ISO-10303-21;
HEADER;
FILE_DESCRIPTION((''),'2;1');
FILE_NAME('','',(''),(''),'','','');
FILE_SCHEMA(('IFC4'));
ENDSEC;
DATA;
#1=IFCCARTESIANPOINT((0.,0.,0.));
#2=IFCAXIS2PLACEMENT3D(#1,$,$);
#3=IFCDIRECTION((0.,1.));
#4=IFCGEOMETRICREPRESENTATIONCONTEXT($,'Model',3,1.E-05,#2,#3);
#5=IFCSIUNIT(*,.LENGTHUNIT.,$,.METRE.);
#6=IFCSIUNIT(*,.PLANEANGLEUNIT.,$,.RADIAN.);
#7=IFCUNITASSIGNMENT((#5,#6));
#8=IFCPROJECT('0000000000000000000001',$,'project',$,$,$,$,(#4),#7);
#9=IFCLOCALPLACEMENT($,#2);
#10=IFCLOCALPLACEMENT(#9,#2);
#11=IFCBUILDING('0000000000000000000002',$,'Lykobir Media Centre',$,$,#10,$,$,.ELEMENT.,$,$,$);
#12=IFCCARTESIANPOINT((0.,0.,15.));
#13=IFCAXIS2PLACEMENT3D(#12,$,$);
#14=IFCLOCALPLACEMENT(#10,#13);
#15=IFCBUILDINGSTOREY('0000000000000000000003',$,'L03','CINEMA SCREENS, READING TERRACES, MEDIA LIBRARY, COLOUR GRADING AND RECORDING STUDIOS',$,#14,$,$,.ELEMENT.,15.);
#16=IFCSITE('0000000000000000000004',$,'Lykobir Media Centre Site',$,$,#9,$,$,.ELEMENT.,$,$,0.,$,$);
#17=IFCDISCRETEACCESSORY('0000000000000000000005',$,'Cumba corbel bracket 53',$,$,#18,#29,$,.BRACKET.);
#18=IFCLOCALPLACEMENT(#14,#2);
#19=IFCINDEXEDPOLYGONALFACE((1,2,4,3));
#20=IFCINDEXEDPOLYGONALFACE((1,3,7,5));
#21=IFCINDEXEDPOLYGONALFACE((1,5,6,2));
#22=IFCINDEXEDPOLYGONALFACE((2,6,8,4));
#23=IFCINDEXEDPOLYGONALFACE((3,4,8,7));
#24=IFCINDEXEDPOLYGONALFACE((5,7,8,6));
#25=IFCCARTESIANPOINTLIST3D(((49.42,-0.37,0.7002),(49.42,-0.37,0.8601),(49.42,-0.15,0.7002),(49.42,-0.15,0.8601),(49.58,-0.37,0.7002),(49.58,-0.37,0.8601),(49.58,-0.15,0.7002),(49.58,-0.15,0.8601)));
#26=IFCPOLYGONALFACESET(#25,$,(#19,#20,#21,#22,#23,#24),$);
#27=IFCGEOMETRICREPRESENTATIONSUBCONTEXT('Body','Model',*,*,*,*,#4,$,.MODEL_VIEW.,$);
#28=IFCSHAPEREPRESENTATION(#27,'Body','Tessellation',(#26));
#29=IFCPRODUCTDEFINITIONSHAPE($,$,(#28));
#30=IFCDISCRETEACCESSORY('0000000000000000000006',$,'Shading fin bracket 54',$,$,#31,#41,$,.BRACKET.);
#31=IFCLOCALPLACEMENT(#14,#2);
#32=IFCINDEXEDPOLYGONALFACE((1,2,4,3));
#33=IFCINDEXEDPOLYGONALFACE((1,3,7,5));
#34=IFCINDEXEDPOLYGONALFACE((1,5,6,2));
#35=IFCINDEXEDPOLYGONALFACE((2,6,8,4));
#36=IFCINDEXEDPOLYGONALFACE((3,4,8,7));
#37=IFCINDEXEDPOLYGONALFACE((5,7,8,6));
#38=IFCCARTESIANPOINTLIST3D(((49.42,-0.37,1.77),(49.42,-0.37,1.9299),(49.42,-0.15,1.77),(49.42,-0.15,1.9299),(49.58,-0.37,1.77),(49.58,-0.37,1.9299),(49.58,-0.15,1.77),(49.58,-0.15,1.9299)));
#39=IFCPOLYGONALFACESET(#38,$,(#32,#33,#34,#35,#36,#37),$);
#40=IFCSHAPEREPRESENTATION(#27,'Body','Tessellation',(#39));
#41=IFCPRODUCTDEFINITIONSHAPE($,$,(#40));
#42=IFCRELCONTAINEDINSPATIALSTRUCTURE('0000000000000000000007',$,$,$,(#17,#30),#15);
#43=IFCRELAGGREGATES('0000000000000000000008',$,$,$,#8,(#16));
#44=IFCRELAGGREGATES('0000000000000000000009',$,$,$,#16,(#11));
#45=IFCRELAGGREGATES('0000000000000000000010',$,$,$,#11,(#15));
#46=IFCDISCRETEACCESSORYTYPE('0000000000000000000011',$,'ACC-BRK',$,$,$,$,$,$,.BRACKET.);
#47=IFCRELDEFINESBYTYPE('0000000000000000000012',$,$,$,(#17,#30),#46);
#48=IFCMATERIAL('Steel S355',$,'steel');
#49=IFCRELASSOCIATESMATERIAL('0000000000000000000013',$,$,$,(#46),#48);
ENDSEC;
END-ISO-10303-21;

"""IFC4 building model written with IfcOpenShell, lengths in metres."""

from ifc_helpers import new_model, si_unit, direction, frame, origin, origin_2d, place, context, subcontext, project, spatial, rectangle, extrude, material, type_object, element, save


model = new_model("IFC4")

# Units and contexts
model_context = context("Model", 3, precision=1e-05, world=origin(), true_north=direction((0.0, 1.0)))
body_context = subcontext(model_context, "Body", "Model", "MODEL_VIEW")
ifc_project = project(units=[si_unit("LENGTHUNIT", "METRE"), si_unit("PLANEANGLEUNIT", "RADIAN")], contexts=[model_context])

# Site, building, storey
site_placement = place(None, origin())
site = spatial("IfcSite", under=ifc_project, at=site_placement, Name="Lykobir Media Centre Site", CompositionType="ELEMENT", RefElevation=0.0)
building_placement = place(site_placement, origin())
building = spatial("IfcBuilding", under=site, at=building_placement, Name="Lykobir Media Centre", CompositionType="ELEMENT")
storey_placement = place(building_placement, frame((0.0, 0.0, 15.0)))
storey = spatial("IfcBuildingStorey", under=building, at=storey_placement, Name="L03", Description="CINEMA SCREENS, READING TERRACES, MEDIA LIBRARY, COLOUR GRADING AND RECORDING STUDIOS", CompositionType="ELEMENT", Elevation=15.0)

# Shared definitions
ifc_material_1 = material(Name="Steel S355", Category="steel")

# Discrete accessories
discrete_accessory_type = type_object("IfcDiscreteAccessoryType", Name="ACC-BRK", PredefinedType="BRACKET", material=ifc_material_1)
for number, where, z_axis, x_axis, name in (
    (1, (49.5, -0.26, 0.7002), (0.0, 0.0, 1.0), (1.0, 0.0, 0.0), "Cumba corbel bracket 53"),
    (2, (49.5, -0.26, 1.77), (0.0, 0.0, 1.0), (1.0, 0.0, 0.0), "Shading fin bracket 54"),
):
    element("IfcDiscreteAccessory", number, at=place(storey_placement, frame(where, z_axis=z_axis, x_axis=x_axis)), inside=storey, type_object=discrete_accessory_type, Name=name, PredefinedType="BRACKET", context=body_context, shape_type="SweptSolid", body=[
        extrude(rectangle(XDim=0.1599, YDim=0.22, at=origin_2d()), origin(), (0.0, 0.0, 1.0), 0.1599),
    ])

save(model, "model.ifc")
